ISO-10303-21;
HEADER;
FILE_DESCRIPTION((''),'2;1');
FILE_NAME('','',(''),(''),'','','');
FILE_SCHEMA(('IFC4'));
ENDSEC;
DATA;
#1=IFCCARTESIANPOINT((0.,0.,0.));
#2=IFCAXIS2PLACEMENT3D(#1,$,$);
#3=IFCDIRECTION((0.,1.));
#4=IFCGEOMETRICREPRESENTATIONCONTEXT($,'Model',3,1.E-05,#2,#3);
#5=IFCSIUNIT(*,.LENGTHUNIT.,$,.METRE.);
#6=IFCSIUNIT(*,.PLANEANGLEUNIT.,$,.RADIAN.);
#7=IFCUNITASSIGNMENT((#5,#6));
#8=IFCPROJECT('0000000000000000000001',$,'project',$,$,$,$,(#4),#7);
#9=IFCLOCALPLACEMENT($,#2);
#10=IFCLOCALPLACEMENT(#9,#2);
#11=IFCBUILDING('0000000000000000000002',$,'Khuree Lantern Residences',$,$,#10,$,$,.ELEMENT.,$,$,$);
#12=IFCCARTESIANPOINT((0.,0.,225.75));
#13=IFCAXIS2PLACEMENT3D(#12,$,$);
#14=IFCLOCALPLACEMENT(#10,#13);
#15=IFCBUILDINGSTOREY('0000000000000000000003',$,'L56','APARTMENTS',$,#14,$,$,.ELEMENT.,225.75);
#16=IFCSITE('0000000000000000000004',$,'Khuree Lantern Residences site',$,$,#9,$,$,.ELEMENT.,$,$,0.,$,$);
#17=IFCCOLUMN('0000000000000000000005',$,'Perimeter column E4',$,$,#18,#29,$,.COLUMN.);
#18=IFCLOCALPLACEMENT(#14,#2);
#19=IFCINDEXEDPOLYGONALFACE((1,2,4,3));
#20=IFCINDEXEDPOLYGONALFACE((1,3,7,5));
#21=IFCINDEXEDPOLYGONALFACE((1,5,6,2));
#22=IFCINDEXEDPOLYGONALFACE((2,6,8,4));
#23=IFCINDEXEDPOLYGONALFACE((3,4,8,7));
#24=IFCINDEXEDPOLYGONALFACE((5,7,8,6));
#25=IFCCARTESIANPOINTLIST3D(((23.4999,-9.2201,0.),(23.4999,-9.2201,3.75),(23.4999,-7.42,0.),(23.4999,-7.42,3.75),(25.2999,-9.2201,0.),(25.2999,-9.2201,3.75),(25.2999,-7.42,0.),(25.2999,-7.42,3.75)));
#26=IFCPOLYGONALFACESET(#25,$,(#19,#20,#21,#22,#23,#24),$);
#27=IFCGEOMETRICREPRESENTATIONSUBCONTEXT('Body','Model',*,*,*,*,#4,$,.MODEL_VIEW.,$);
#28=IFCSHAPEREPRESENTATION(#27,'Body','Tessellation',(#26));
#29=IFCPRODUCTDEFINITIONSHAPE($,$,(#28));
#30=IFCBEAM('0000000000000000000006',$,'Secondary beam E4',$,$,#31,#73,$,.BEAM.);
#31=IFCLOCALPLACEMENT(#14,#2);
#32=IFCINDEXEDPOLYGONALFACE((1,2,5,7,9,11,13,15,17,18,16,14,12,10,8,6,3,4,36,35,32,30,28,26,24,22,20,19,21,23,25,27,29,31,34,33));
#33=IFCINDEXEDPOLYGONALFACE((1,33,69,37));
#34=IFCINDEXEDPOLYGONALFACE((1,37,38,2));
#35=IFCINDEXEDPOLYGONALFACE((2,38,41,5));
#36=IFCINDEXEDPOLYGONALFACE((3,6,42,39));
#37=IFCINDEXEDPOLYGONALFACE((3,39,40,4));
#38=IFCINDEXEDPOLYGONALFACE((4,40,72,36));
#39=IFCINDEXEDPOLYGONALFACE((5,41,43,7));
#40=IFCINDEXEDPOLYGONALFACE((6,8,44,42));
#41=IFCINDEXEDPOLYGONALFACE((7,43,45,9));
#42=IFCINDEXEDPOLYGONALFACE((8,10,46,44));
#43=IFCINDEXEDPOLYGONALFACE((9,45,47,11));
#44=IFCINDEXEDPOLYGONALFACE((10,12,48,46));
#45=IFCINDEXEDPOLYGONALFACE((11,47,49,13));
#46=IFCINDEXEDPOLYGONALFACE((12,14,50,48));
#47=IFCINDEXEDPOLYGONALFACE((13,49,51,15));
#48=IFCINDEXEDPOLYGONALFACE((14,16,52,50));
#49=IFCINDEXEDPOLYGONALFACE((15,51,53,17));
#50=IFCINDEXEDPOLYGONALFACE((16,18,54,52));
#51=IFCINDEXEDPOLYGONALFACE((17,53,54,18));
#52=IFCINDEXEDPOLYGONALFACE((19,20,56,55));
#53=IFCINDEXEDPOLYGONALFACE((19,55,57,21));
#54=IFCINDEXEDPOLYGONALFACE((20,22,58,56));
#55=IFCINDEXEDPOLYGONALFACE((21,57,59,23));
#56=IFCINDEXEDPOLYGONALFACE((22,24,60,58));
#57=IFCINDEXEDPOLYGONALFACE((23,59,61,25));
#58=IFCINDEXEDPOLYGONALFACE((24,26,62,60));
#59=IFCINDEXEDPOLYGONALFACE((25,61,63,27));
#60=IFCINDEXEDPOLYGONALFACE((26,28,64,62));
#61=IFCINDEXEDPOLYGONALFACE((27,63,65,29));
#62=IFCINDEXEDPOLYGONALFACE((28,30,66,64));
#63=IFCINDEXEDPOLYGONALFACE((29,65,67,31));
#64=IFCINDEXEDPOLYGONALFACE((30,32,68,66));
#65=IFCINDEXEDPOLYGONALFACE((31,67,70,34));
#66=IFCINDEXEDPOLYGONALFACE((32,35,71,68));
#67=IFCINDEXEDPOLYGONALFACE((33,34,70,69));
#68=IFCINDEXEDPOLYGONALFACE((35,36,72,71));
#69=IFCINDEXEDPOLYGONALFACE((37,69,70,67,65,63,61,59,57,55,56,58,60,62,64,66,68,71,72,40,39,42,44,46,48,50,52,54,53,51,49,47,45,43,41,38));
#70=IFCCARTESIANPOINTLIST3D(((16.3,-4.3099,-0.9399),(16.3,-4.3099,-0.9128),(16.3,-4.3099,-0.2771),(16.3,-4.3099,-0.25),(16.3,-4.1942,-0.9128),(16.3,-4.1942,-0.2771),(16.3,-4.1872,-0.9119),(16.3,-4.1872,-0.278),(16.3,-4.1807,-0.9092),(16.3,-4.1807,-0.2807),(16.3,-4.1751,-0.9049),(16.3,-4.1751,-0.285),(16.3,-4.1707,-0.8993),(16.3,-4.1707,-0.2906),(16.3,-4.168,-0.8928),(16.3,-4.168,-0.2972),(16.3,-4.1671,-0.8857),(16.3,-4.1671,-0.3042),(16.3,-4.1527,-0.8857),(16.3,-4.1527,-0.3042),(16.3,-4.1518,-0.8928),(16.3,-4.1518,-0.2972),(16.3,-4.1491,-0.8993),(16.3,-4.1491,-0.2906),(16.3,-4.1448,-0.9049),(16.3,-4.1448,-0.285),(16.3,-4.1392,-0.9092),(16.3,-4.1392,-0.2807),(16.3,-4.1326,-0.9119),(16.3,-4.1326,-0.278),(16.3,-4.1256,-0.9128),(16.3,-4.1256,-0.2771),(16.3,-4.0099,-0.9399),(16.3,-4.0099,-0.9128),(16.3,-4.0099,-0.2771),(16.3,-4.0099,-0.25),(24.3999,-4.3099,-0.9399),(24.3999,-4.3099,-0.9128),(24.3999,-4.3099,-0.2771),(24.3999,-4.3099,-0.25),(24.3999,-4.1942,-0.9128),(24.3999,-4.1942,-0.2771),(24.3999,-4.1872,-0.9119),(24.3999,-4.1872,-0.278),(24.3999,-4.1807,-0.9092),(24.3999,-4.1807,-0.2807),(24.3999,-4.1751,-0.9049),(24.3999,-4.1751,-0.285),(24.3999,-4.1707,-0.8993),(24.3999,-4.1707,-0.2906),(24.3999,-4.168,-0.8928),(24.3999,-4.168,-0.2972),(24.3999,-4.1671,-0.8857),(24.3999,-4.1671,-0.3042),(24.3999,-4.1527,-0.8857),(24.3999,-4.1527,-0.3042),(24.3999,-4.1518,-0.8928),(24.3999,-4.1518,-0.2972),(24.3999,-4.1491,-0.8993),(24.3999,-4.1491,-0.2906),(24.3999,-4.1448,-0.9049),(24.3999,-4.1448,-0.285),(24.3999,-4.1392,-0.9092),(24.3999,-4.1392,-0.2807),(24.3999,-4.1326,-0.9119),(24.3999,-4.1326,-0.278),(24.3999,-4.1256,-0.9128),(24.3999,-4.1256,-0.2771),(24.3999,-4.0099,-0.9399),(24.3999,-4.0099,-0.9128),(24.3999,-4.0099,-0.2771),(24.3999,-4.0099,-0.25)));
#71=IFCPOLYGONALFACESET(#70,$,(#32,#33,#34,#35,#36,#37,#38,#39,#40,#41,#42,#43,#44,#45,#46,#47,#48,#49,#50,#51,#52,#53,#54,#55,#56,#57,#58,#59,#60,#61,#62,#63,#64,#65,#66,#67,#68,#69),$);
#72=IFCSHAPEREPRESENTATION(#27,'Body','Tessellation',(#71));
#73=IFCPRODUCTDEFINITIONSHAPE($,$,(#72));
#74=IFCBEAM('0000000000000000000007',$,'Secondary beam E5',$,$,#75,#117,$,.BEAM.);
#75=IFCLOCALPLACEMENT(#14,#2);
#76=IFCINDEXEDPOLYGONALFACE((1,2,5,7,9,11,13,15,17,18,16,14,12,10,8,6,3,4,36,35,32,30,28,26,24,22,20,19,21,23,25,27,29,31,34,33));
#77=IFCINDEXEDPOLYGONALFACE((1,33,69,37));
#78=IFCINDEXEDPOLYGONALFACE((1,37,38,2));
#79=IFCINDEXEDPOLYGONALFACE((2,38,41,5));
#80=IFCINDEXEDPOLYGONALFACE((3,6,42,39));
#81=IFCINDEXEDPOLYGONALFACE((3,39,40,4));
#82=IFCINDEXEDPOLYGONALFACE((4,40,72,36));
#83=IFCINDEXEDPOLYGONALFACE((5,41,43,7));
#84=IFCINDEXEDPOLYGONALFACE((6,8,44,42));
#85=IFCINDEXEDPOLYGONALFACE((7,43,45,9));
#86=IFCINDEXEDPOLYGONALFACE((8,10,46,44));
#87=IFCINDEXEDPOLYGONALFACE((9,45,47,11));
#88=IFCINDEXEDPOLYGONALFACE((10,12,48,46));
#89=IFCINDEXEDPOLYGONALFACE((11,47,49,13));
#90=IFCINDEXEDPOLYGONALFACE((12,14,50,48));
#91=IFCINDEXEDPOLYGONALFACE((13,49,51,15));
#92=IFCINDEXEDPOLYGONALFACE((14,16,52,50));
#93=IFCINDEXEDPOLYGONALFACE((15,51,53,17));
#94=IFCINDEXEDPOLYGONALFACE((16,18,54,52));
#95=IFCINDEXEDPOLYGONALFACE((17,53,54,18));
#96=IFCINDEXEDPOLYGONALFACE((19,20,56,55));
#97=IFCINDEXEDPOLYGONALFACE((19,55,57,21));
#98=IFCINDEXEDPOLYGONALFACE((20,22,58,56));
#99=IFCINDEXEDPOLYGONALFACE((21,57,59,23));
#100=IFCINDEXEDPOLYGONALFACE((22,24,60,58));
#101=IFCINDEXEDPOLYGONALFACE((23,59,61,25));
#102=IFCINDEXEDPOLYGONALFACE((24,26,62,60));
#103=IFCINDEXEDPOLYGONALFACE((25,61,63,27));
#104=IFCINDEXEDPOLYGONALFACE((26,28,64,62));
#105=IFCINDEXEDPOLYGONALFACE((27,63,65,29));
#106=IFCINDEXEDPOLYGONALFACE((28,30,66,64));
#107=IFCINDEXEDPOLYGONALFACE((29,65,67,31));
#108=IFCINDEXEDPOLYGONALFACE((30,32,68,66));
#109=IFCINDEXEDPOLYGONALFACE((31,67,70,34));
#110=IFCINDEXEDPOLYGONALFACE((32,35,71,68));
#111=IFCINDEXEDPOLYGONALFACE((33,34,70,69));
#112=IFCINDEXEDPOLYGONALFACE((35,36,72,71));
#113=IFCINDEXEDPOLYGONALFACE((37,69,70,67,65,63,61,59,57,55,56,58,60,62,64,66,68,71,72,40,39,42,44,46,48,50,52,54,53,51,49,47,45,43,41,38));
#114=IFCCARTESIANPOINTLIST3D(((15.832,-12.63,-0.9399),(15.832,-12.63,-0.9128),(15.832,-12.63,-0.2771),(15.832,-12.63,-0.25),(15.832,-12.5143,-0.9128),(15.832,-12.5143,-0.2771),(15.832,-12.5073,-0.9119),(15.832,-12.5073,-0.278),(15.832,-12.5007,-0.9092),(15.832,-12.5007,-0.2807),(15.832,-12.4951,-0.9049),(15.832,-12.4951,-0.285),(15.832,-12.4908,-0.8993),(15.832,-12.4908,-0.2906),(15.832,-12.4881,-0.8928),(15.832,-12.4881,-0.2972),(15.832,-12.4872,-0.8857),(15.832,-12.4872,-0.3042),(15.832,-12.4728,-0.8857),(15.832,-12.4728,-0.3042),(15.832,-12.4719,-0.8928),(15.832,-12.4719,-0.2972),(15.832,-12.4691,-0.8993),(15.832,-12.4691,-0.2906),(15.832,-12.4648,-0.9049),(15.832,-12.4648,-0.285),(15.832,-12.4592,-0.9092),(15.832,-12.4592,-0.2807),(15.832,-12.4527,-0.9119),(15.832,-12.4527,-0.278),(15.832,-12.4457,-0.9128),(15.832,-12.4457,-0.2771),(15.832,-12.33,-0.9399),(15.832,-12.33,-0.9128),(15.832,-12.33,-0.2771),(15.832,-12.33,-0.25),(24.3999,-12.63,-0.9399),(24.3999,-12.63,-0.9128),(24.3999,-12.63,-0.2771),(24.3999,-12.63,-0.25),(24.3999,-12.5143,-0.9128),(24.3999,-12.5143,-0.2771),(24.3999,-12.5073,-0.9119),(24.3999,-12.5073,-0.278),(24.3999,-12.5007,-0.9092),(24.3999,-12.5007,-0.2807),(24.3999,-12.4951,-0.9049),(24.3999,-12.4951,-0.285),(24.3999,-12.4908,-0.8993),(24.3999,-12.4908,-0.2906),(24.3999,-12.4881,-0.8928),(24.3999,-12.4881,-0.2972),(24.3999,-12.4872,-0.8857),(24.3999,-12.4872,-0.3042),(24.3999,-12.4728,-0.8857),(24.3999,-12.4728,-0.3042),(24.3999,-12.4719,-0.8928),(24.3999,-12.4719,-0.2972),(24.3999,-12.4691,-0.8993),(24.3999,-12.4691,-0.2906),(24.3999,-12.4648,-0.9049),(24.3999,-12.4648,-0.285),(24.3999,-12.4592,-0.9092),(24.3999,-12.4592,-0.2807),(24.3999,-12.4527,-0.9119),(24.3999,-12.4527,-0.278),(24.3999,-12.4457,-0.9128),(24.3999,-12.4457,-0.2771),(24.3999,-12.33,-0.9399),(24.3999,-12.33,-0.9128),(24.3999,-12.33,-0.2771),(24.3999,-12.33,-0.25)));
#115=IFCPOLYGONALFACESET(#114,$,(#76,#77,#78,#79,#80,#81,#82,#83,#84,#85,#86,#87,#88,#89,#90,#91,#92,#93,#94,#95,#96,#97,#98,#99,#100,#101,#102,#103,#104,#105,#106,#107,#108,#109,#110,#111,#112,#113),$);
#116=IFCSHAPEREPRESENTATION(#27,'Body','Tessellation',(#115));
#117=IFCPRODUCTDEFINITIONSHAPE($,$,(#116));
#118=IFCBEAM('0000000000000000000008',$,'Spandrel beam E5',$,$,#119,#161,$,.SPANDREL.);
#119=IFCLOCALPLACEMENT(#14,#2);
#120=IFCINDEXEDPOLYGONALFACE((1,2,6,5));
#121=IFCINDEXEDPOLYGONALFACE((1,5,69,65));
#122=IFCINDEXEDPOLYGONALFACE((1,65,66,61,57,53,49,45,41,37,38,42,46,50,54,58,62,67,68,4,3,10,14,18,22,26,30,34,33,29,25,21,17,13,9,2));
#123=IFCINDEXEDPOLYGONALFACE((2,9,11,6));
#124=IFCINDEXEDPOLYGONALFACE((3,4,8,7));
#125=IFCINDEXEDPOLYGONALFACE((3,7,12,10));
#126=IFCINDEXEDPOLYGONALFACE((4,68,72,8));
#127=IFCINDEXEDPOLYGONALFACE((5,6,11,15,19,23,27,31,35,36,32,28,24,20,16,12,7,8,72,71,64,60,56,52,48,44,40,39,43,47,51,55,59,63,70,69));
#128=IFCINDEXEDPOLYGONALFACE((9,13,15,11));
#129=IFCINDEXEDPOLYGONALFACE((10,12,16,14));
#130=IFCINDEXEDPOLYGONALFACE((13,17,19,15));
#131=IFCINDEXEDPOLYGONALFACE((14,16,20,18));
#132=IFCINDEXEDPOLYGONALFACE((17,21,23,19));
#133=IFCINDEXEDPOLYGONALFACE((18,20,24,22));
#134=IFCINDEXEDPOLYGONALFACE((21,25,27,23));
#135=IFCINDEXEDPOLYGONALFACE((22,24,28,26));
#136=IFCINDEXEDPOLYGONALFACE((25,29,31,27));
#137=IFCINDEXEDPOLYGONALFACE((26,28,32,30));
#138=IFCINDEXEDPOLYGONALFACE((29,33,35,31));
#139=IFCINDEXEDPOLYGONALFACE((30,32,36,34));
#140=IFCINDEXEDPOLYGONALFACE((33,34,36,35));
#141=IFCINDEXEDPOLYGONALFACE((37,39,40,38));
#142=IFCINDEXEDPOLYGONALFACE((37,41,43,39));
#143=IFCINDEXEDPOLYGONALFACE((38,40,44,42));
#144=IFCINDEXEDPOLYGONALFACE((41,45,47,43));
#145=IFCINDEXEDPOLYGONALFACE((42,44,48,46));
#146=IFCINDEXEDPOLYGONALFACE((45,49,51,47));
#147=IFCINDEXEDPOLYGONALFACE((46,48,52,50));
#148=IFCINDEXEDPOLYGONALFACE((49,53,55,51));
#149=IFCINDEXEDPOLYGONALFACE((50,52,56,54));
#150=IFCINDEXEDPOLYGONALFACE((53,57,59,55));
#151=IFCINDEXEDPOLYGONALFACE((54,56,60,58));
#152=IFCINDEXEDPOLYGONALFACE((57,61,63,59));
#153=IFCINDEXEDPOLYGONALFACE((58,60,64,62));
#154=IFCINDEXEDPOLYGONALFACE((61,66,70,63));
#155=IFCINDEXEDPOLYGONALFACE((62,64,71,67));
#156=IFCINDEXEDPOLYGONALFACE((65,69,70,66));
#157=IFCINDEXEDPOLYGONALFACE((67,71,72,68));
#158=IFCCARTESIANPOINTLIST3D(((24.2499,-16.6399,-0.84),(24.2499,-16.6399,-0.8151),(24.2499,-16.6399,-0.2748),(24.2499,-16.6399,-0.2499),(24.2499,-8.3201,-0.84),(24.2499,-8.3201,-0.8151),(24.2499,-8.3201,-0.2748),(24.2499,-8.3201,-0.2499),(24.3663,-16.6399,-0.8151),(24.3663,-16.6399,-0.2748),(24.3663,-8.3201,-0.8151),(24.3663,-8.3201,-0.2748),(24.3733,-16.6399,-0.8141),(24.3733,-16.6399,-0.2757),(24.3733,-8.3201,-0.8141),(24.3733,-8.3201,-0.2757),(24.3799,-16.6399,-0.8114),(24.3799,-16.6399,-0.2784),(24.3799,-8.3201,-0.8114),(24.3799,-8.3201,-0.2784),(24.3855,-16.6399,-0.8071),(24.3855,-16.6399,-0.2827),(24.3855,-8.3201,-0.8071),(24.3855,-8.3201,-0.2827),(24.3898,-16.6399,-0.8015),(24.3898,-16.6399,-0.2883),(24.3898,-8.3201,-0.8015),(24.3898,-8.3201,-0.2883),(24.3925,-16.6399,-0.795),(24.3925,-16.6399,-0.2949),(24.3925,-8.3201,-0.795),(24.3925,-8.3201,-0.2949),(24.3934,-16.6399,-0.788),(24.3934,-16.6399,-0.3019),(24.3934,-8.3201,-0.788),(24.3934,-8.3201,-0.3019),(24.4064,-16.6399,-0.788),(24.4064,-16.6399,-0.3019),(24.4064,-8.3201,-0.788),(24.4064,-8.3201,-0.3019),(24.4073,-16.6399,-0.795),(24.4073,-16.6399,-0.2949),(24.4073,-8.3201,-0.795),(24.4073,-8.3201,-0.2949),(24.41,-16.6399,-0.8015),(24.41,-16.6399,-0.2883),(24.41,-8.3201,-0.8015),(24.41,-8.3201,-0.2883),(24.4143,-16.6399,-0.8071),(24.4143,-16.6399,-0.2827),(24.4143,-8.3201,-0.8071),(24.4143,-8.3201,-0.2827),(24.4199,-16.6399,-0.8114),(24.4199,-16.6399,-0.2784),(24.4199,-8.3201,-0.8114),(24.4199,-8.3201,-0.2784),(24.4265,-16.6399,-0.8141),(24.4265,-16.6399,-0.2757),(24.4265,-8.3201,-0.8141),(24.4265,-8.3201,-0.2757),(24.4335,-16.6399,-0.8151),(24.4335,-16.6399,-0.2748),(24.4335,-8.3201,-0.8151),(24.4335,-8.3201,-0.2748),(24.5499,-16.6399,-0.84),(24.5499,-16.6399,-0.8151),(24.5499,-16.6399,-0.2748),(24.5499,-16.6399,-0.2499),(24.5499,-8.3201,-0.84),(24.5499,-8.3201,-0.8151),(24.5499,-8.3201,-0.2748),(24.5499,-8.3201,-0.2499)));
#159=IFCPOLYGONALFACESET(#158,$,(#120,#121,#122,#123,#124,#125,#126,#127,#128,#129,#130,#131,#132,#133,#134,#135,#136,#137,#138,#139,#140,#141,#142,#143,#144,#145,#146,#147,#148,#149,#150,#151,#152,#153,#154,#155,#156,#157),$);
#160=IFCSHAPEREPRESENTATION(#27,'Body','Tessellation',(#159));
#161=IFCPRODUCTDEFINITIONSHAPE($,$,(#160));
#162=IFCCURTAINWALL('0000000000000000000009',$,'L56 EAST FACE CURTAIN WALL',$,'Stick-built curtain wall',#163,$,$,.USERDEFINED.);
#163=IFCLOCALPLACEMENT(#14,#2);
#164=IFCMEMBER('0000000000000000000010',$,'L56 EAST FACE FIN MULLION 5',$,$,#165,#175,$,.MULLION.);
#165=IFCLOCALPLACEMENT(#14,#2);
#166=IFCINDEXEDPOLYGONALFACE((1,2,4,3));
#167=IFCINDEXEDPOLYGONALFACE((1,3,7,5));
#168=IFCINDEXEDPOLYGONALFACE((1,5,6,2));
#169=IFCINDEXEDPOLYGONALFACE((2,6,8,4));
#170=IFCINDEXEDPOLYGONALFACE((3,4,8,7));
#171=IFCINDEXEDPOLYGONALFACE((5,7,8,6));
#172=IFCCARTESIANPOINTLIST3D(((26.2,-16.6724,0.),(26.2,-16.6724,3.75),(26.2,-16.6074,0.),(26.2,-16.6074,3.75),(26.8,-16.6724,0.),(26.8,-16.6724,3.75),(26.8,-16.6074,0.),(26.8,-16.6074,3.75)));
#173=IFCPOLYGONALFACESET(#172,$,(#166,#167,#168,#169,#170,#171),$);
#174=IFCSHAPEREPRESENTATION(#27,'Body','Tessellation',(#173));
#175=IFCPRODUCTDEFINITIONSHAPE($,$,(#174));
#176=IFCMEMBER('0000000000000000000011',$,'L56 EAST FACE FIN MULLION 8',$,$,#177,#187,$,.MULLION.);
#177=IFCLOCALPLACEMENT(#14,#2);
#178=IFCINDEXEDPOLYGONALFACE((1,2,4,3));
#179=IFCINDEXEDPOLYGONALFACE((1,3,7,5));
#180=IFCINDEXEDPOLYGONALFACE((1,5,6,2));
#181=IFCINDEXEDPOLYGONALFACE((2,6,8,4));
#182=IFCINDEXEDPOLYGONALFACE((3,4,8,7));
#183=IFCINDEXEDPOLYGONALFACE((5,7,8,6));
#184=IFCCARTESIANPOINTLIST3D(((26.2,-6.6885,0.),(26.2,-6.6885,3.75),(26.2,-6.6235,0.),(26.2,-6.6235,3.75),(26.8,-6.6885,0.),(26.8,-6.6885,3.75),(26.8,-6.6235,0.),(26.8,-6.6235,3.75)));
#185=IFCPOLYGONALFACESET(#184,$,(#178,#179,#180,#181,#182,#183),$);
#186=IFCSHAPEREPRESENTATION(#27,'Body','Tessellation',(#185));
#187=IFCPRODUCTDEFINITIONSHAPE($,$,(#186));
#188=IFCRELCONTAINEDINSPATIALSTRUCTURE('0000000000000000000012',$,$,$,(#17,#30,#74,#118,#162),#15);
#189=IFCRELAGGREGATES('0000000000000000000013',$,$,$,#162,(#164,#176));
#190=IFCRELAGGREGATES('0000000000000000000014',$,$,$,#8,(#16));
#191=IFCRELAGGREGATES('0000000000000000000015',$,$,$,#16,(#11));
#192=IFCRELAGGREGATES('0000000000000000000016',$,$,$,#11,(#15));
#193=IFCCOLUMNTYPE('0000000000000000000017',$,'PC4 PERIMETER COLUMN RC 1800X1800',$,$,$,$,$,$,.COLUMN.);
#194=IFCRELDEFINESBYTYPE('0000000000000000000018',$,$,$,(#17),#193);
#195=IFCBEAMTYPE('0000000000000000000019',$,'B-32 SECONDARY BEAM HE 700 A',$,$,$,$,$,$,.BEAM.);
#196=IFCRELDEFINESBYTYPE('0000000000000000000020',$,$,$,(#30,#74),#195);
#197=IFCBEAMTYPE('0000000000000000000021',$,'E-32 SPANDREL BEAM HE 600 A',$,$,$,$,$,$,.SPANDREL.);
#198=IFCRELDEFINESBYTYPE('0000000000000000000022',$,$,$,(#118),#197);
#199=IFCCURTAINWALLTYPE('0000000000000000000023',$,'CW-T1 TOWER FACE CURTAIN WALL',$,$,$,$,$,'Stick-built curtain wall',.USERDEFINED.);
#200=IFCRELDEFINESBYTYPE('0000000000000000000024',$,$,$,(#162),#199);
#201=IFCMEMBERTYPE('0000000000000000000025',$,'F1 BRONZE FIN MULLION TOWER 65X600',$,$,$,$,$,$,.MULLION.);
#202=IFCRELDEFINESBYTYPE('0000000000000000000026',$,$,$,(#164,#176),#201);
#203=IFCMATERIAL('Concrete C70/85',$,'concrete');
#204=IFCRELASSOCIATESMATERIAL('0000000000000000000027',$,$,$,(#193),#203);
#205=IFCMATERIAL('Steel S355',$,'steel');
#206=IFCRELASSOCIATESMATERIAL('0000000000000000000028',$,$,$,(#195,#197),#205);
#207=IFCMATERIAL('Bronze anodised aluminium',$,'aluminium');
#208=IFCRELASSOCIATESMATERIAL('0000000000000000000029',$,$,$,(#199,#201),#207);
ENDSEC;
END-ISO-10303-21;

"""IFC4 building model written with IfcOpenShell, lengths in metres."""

from ifc_helpers import new_model, si_unit, direction, frame, origin, origin_2d, place, context, subcontext, project, spatial, rectangle, i_section, extrude, material, material_profile, profile_set, type_object, element, aggregate, save


model = new_model("IFC4")

# Units and contexts
model_context = context("Model", 3, precision=1e-05, world=origin(), true_north=direction((0.0, 1.0)))
body_context = subcontext(model_context, "Body", "Model", "MODEL_VIEW")
ifc_project = project(units=[si_unit("LENGTHUNIT", "METRE"), si_unit("PLANEANGLEUNIT", "RADIAN")], contexts=[model_context])

# Site, building, storey
site_placement = place(None, origin())
site = spatial("IfcSite", under=ifc_project, at=site_placement, Name="Khuree Lantern Residences site", CompositionType="ELEMENT", RefElevation=0.0)
building_placement = place(site_placement, origin())
building = spatial("IfcBuilding", under=site, at=building_placement, Name="Khuree Lantern Residences", CompositionType="ELEMENT")
storey_placement = place(building_placement, frame((0.0, 0.0, 225.75)))
storey = spatial("IfcBuildingStorey", under=building, at=storey_placement, Name="L56", Description="APARTMENTS", CompositionType="ELEMENT", Elevation=225.75)

# Column
ifc_material_1 = material(Name="Concrete C70/85", Category="concrete")
ifc_material_profile_1 = material_profile(ifc_material_1, rectangle(XDim=1.8, YDim=1.8, at=origin_2d()), Name="RC 1800X1800")
ifc_profile_set_1 = profile_set([ifc_material_profile_1], Name="Concrete C70/85")
column_type = type_object("IfcColumnType", Name="PC4 PERIMETER COLUMN RC 1800X1800", PredefinedType="COLUMN", material=ifc_profile_set_1)
column_placement = place(storey_placement, frame((24.3999, -8.3201, 0.0), z_axis=(0.0, 0.0, 1.0), x_axis=(0.0, 1.0, 0.0)))
element("IfcColumn", 1, at=column_placement, inside=storey, type_object=column_type, Name="Perimeter column E4", PredefinedType="COLUMN", context=body_context, shape_type="SweptSolid", body=[
    extrude(rectangle(XDim=1.8, YDim=1.8, at=origin_2d()), origin(), (0.0, 0.0, 1.0), 3.75),
])

# Beams
ifc_material_2 = material(Name="Steel S355", Category="steel")
ifc_material_profile_2 = material_profile(ifc_material_2, i_section(OverallWidth=0.3, OverallDepth=0.6899, WebThickness=0.0144, FlangeThickness=0.0271, FilletRadius=0.0271, at=origin_2d()), Name="HE 700 A")
ifc_profile_set_2 = profile_set([ifc_material_profile_2], Name="Steel S355")
beam_type_1 = type_object("IfcBeamType", Name="B-32 SECONDARY BEAM HE 700 A", PredefinedType="BEAM", material=ifc_profile_set_2)
beam_1_placement = place(storey_placement, frame((24.3999, -4.1599, -0.595), z_axis=(-1.0, 0.0, 0.0), x_axis=(0.0, -1.0, 0.0)))
element("IfcBeam", 2, at=beam_1_placement, inside=storey, type_object=beam_type_1, Name="Secondary beam E4", PredefinedType="BEAM", context=body_context, shape_type="SweptSolid", body=[
    extrude(i_section(OverallWidth=0.3, OverallDepth=0.6899, WebThickness=0.0144, FlangeThickness=0.0271, FilletRadius=0.0271, at=origin_2d()), origin(), (0.0, 0.0, 1.0), 8.0999),
])
beam_2_placement = place(storey_placement, frame((24.3999, -12.48, -0.595), z_axis=(-1.0, 0.0, 0.0), x_axis=(0.0, -1.0, 0.0)))
element("IfcBeam", 3, at=beam_2_placement, inside=storey, type_object=beam_type_1, Name="Secondary beam E5", PredefinedType="BEAM", context=body_context, shape_type="SweptSolid", body=[
    extrude(i_section(OverallWidth=0.3, OverallDepth=0.6899, WebThickness=0.0144, FlangeThickness=0.0271, FilletRadius=0.0271, at=origin_2d()), origin(), (0.0, 0.0, 1.0), 8.5679),
])
ifc_material_profile_3 = material_profile(ifc_material_2, i_section(OverallWidth=0.3, OverallDepth=0.5901, WebThickness=0.0129, FlangeThickness=0.0249, FilletRadius=0.0271, at=origin_2d()), Name="HE 600 A")
ifc_profile_set_3 = profile_set([ifc_material_profile_3], Name="Steel S355")
beam_type_2 = type_object("IfcBeamType", Name="E-32 SPANDREL BEAM HE 600 A", PredefinedType="SPANDREL", material=ifc_profile_set_3)
beam_3_placement = place(storey_placement, frame((24.3999, -8.3201, -0.5449), z_axis=(0.0, -1.0, 0.0), x_axis=(1.0, 0.0, 0.0)))
element("IfcBeam", 4, at=beam_3_placement, inside=storey, type_object=beam_type_2, Name="Spandrel beam E5", PredefinedType="SPANDREL", context=body_context, shape_type="SweptSolid", body=[
    extrude(i_section(OverallWidth=0.3, OverallDepth=0.5901, WebThickness=0.0129, FlangeThickness=0.0249, FilletRadius=0.0271, at=origin_2d()), origin(), (0.0, 0.0, 1.0), 8.3198),
])

# Curtain wall, members
ifc_material_3 = material(Name="Bronze anodised aluminium", Category="aluminium")
curtain_wall_type = type_object("IfcCurtainWallType", Name="CW-T1 TOWER FACE CURTAIN WALL", ElementType="Stick-built curtain wall", PredefinedType="USERDEFINED", material=ifc_material_3)
curtain_wall_placement = place(storey_placement, origin())
curtain_wall = element("IfcCurtainWall", 5, at=curtain_wall_placement, inside=storey, type_object=curtain_wall_type, Name="L56 EAST FACE CURTAIN WALL", ObjectType="Stick-built curtain wall", PredefinedType="USERDEFINED")
ifc_material_profile_4 = material_profile(ifc_material_3, rectangle(XDim=0.0649, YDim=0.6001, at=origin_2d()), Name="F1 65X600")
ifc_profile_set_4 = profile_set([ifc_material_profile_4], Name="Bronze anodised aluminium")
member_type_1 = type_object("IfcMemberType", Name="F1 BRONZE FIN MULLION TOWER 65X600", PredefinedType="MULLION", material=ifc_profile_set_4)
member_1_placement = place(storey_placement, frame((26.5, -16.6399, 0.0), z_axis=(0.0, 0.0, 1.0), x_axis=(0.0, 1.0, 0.0)))
member_1 = element("IfcMember", 6, at=member_1_placement, type_object=member_type_1, Name="L56 EAST FACE FIN MULLION 5", PredefinedType="MULLION", context=body_context, shape_type="SweptSolid", body=[
    extrude(rectangle(XDim=0.0649, YDim=0.6001, at=origin_2d()), origin(), (0.0, 0.0, 1.0), 3.75),
])
member_2_placement = place(storey_placement, frame((26.5, -6.656, 0.0), z_axis=(0.0, 0.0, 1.0), x_axis=(0.0, 1.0, 0.0)))
member_2 = element("IfcMember", 7, at=member_2_placement, type_object=member_type_1, Name="L56 EAST FACE FIN MULLION 8", PredefinedType="MULLION", context=body_context, shape_type="SweptSolid", body=[
    extrude(rectangle(XDim=0.0649, YDim=0.6001, at=origin_2d()), origin(), (0.0, 0.0, 1.0), 3.75),
])

aggregate(curtain_wall, [member_1, member_2])

save(model, "model.ifc")
